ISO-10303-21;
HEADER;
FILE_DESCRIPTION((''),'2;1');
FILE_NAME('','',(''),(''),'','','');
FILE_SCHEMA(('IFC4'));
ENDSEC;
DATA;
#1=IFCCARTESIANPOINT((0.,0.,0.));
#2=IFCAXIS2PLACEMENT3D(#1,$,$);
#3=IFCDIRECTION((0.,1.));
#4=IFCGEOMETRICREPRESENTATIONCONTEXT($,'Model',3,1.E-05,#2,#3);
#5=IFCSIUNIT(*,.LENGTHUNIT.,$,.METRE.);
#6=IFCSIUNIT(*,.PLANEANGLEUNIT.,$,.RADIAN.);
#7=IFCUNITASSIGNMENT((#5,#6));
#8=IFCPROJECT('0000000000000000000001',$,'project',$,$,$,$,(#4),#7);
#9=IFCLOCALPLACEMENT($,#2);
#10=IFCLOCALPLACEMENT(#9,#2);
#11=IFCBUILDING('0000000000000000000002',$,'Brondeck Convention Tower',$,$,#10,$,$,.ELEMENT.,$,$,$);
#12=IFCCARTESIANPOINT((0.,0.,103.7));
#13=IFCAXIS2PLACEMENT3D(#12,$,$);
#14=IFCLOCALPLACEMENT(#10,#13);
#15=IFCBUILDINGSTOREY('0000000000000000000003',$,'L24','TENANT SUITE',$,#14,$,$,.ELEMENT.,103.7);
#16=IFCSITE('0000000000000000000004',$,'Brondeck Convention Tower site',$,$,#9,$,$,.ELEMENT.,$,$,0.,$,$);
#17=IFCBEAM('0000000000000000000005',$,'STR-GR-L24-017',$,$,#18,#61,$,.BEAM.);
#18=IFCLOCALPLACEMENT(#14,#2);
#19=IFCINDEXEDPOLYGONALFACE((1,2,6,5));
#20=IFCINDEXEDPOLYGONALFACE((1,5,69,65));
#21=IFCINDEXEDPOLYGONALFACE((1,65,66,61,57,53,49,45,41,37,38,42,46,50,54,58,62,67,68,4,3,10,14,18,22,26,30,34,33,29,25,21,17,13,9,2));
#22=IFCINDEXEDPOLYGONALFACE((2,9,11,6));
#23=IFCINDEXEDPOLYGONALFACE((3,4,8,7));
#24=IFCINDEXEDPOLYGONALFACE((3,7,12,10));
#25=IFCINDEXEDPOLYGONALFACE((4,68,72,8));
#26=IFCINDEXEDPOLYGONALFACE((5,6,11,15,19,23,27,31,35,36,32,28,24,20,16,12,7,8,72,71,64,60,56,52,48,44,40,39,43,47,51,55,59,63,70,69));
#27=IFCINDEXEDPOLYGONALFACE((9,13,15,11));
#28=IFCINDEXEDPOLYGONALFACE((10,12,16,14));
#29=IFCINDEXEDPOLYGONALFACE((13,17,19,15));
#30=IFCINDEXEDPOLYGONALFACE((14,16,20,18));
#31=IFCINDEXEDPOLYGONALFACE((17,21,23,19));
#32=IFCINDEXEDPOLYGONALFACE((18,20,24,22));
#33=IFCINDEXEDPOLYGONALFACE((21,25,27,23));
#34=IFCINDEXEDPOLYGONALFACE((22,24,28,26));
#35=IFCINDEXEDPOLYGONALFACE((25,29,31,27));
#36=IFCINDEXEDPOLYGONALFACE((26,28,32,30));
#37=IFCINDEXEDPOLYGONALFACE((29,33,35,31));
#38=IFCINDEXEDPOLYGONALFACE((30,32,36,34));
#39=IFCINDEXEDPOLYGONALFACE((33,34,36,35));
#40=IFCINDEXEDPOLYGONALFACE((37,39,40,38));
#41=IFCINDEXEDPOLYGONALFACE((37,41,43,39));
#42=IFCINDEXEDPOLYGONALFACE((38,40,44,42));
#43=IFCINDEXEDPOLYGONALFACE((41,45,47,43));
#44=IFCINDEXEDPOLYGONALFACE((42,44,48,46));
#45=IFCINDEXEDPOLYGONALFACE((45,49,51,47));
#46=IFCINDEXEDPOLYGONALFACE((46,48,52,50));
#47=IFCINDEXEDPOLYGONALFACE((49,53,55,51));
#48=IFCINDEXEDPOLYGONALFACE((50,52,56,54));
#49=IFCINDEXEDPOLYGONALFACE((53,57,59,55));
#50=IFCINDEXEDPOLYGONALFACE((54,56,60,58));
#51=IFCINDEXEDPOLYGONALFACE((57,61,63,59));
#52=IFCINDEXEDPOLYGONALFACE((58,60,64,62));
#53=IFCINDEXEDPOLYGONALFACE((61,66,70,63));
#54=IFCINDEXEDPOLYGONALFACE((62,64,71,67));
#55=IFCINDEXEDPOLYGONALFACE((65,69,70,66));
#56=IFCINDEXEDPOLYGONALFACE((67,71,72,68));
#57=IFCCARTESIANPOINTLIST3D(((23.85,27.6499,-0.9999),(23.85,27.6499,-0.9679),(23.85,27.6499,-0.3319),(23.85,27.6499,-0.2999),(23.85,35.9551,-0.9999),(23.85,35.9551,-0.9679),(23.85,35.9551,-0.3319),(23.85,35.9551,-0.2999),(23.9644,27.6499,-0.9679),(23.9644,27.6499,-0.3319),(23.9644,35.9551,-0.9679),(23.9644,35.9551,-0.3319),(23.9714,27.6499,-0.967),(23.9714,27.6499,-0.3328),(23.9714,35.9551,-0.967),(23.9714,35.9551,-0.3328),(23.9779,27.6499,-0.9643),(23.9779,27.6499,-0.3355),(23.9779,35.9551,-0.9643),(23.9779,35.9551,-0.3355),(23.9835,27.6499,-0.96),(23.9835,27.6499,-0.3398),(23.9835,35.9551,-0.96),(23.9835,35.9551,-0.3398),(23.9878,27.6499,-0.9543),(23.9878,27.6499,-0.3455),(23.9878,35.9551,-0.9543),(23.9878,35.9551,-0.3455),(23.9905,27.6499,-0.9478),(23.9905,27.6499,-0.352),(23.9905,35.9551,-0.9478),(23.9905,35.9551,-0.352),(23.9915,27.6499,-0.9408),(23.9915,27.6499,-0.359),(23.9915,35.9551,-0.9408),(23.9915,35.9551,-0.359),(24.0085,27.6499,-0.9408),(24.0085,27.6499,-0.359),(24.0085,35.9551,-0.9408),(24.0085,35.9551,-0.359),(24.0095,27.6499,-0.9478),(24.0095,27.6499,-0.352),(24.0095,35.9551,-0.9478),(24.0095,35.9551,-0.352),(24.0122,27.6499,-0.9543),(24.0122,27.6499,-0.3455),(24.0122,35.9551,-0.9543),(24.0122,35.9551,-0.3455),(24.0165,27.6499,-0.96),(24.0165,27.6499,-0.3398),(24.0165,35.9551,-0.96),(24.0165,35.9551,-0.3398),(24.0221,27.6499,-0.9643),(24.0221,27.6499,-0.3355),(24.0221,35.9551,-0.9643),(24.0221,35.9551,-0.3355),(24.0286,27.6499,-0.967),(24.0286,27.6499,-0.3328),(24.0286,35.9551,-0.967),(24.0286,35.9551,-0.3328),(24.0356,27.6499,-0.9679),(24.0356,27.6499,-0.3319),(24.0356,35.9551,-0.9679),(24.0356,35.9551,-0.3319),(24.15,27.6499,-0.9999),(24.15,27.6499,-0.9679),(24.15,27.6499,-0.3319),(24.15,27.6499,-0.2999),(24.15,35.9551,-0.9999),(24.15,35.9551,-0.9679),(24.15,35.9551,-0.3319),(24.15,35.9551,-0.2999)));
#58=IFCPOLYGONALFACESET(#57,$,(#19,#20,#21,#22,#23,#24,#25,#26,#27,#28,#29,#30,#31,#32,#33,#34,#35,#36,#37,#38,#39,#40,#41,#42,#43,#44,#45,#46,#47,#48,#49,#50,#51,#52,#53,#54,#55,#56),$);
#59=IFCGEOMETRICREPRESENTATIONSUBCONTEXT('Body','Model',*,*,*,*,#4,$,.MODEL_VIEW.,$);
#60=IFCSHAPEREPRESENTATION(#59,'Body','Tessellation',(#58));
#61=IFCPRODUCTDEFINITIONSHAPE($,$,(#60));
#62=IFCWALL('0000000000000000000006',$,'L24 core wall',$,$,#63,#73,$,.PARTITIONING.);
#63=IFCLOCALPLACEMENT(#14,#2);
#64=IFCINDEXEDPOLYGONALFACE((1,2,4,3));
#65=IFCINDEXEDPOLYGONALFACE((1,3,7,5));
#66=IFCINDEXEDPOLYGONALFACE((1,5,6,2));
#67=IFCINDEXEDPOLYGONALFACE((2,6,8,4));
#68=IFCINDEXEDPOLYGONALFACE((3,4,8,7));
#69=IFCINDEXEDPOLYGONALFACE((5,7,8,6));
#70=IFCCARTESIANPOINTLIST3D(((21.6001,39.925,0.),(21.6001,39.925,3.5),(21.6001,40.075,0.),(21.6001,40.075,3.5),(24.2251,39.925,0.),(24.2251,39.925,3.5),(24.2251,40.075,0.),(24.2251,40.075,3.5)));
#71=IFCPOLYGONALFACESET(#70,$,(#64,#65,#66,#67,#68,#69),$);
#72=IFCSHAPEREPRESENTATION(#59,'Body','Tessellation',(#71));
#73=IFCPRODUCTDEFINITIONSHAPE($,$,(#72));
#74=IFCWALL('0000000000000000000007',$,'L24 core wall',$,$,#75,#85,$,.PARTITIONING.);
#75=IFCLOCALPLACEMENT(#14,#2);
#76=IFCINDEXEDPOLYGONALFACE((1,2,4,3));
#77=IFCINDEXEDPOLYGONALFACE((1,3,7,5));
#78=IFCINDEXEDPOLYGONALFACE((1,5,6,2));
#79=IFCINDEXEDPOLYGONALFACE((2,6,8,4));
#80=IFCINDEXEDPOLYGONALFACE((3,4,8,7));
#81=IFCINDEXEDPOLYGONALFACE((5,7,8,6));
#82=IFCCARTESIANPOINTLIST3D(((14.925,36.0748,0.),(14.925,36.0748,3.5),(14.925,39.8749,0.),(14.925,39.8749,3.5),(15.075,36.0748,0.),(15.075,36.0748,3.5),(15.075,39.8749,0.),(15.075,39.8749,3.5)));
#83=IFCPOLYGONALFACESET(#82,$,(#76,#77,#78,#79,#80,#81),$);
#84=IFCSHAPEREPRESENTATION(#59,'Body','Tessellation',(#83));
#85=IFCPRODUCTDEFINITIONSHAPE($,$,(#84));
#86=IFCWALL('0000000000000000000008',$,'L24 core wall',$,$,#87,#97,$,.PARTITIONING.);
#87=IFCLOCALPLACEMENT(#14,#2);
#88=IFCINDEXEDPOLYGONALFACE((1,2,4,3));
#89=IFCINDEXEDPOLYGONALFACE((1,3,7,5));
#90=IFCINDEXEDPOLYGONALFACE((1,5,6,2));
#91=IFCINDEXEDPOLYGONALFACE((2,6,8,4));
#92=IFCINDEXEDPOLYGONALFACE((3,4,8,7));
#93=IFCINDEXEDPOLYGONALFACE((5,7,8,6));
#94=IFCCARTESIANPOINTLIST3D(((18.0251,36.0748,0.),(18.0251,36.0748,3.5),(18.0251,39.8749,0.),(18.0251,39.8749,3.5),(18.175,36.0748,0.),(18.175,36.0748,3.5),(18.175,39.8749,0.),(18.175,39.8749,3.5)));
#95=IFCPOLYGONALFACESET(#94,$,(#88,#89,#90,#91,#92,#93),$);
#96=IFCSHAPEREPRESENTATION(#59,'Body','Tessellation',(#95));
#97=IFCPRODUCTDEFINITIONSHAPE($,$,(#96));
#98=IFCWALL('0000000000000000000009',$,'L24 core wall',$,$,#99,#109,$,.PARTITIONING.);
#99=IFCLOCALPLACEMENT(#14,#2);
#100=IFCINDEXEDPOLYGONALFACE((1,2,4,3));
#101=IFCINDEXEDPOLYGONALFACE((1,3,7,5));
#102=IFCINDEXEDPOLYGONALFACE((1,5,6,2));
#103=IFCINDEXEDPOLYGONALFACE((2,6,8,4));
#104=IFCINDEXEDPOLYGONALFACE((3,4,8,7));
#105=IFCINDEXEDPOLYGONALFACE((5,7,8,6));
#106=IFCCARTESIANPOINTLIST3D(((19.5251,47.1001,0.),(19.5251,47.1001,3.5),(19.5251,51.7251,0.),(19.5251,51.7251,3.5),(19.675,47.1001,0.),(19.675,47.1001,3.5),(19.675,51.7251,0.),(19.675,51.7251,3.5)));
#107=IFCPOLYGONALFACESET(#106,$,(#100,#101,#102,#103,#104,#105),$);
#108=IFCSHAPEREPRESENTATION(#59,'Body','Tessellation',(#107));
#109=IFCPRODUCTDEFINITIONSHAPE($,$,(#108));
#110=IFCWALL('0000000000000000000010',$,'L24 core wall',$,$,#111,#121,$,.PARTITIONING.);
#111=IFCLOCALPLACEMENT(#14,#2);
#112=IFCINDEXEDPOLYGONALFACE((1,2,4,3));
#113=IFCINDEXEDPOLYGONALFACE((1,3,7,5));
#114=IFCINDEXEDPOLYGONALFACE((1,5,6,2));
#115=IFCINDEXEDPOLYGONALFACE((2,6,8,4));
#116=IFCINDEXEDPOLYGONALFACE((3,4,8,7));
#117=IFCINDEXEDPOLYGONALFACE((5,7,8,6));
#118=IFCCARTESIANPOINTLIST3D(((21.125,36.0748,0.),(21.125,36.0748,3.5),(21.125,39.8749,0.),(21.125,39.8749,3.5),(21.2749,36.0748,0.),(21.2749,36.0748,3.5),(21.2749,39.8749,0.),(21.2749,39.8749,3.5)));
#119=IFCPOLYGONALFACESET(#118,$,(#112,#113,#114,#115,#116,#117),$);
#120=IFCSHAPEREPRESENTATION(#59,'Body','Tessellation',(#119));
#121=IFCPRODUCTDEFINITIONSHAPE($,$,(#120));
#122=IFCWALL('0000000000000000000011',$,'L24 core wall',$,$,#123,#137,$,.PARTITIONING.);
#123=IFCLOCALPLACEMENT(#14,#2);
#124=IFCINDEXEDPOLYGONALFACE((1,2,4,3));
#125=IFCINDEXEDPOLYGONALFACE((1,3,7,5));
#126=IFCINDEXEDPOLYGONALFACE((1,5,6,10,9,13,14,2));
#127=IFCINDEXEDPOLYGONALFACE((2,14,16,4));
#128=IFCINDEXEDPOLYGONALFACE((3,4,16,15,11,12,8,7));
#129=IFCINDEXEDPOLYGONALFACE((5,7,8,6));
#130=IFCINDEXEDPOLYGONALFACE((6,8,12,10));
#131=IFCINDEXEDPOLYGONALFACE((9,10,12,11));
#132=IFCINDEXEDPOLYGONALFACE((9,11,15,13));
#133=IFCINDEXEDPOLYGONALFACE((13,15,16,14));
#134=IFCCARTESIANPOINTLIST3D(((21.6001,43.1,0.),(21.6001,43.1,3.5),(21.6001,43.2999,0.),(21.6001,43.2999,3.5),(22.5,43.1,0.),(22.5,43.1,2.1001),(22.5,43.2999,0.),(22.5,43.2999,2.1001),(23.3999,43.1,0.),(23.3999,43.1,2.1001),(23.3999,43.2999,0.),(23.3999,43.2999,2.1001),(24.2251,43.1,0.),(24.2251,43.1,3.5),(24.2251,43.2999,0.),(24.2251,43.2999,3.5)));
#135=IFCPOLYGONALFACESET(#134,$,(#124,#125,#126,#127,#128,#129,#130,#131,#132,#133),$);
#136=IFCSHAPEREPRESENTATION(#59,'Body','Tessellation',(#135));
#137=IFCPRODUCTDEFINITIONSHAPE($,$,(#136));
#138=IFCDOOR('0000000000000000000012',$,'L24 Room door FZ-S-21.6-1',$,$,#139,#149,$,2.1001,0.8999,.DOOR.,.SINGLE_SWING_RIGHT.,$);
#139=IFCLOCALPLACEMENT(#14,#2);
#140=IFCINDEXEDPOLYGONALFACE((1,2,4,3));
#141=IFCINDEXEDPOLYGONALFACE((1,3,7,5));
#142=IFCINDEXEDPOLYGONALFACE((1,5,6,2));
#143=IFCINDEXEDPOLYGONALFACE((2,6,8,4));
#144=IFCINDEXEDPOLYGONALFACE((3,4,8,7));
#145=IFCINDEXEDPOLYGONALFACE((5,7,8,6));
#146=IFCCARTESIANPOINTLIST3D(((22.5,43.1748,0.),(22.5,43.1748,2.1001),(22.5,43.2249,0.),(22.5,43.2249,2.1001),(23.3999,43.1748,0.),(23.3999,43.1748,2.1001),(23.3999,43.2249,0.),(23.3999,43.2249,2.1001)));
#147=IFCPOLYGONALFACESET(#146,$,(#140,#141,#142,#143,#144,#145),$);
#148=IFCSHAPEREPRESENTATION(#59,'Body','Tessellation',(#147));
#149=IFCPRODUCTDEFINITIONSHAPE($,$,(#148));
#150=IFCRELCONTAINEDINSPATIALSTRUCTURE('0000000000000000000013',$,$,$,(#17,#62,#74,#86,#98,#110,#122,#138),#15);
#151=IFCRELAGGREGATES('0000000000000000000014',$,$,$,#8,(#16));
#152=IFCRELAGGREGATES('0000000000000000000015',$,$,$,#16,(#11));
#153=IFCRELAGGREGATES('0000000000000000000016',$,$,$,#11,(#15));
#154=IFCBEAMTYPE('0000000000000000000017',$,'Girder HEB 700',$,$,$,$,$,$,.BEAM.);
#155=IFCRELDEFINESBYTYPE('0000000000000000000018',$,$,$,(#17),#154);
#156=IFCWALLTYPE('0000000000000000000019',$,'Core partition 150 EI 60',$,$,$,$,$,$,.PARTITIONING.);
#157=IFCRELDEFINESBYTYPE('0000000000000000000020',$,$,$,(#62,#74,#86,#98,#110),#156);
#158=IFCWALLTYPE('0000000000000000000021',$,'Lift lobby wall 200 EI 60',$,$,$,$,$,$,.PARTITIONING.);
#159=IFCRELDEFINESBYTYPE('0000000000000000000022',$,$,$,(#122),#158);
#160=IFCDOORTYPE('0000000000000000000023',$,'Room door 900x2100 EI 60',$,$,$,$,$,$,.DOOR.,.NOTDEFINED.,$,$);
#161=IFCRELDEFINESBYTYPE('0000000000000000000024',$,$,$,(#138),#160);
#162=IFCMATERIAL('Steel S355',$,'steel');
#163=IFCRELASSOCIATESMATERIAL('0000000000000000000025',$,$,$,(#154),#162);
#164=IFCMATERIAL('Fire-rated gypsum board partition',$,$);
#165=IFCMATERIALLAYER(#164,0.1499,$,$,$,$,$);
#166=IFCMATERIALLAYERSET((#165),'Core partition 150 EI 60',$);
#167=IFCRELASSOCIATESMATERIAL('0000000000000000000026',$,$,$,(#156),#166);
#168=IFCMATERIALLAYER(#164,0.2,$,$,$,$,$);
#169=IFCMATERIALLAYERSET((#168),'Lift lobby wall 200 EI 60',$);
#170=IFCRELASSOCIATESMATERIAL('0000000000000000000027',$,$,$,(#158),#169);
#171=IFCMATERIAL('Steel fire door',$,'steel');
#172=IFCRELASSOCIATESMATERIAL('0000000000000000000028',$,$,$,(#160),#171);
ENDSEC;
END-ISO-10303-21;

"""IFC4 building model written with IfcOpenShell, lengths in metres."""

from ifc_helpers import new_model, si_unit, direction, frame, frame_2d, origin, origin_2d, place, context, subcontext, project, spatial, rectangle, i_section, extrude, material, layer, layer_set, material_profile, profile_set, type_object, element, fill, save


model = new_model("IFC4")

# Units and contexts
model_context = context("Model", 3, precision=1e-05, world=origin(), true_north=direction((0.0, 1.0)))
body_context = subcontext(model_context, "Body", "Model", "MODEL_VIEW")
ifc_project = project(units=[si_unit("LENGTHUNIT", "METRE"), si_unit("PLANEANGLEUNIT", "RADIAN")], contexts=[model_context])

# Site, building, storey
site_placement = place(None, origin())
site = spatial("IfcSite", under=ifc_project, at=site_placement, Name="Brondeck Convention Tower site", CompositionType="ELEMENT", RefElevation=0.0)
building_placement = place(site_placement, origin())
building = spatial("IfcBuilding", under=site, at=building_placement, Name="Brondeck Convention Tower", CompositionType="ELEMENT")
storey_placement = place(building_placement, frame((0.0, 0.0, 103.7)))
storey = spatial("IfcBuildingStorey", under=building, at=storey_placement, Name="L24", Description="TENANT SUITE", CompositionType="ELEMENT", Elevation=103.7)

# Beam
ifc_material_1 = material(Name="Steel S355", Category="steel")
ifc_material_profile = material_profile(ifc_material_1, i_section(OverallWidth=0.3, OverallDepth=0.7, WebThickness=0.0171, FlangeThickness=0.032, FilletRadius=0.0271, at=origin_2d()), Name="HEB 700")
ifc_profile_set = profile_set([ifc_material_profile], Name="Steel S355")
beam_type = type_object("IfcBeamType", Name="Girder HEB 700", PredefinedType="BEAM", material=ifc_profile_set)
beam_placement = place(storey_placement, frame((24.0, 35.9551, -0.6499), z_axis=(0.0, -1.0, 0.0), x_axis=(1.0, 0.0, 0.0)))
element("IfcBeam", 1, at=beam_placement, inside=storey, type_object=beam_type, Name="STR-GR-L24-017", PredefinedType="BEAM", context=body_context, shape_type="SweptSolid", body=[
    extrude(i_section(OverallWidth=0.3, OverallDepth=0.7, WebThickness=0.0171, FlangeThickness=0.032, FilletRadius=0.0271, at=origin_2d()), origin(), (0.0, 0.0, 1.0), 8.3052),
])

# Walls
ifc_material_2 = material(Name="Fire-rated gypsum board partition")
ifc_layer_1 = layer(ifc_material_2, 0.1499)
ifc_layer_set_1 = layer_set([ifc_layer_1], Name="Core partition 150 EI 60")
wall_type_1 = type_object("IfcWallType", Name="Core partition 150 EI 60", PredefinedType="PARTITIONING", material=ifc_layer_set_1)
wall_1_placement = place(storey_placement, frame((21.6001, 40.0, 0.0), z_axis=(0.0, 0.0, 1.0), x_axis=(1.0, 0.0, 0.0)))
element("IfcWall", 2, at=wall_1_placement, inside=storey, type_object=wall_type_1, Name="L24 core wall", PredefinedType="PARTITIONING", context=body_context, shape_type="SweptSolid", body=[
    extrude(rectangle(XDim=2.625, YDim=0.1499, at=frame_2d((1.3125, 0.0))), origin(), (0.0, 0.0, 1.0), 3.5),
])
for number, where, z_axis, x_axis, name in (
    (3, (15.0, 36.075, 0.0), (0.0, 0.0, 1.0), (0.0, 1.0, 0.0), "L24 core wall"),
    (4, (18.1001, 36.075, 0.0), (0.0, 0.0, 1.0), (0.0, 1.0, 0.0), "L24 core wall"),
):
    element("IfcWall", number, at=place(storey_placement, frame(where, z_axis=z_axis, x_axis=x_axis)), inside=storey, type_object=wall_type_1, Name=name, PredefinedType="PARTITIONING", context=body_context, shape_type="SweptSolid", body=[
        extrude(rectangle(XDim=3.8, YDim=0.1499, at=frame_2d((1.8999, 0.0))), origin(), (0.0, 0.0, 1.0), 3.5),
    ])
wall_2_placement = place(storey_placement, frame((19.6001, 47.1001, 0.0), z_axis=(0.0, 0.0, 1.0), x_axis=(0.0, 1.0, 0.0)))
element("IfcWall", 5, at=wall_2_placement, inside=storey, type_object=wall_type_1, Name="L24 core wall", PredefinedType="PARTITIONING", context=body_context, shape_type="SweptSolid", body=[
    extrude(rectangle(XDim=4.625, YDim=0.1499, at=frame_2d((2.3125, 0.0))), origin(), (0.0, 0.0, 1.0), 3.5),
])
wall_3_placement = place(storey_placement, frame((21.2, 36.075, 0.0), z_axis=(0.0, 0.0, 1.0), x_axis=(0.0, 1.0, 0.0)))
element("IfcWall", 6, at=wall_3_placement, inside=storey, type_object=wall_type_1, Name="L24 core wall", PredefinedType="PARTITIONING", context=body_context, shape_type="SweptSolid", body=[
    extrude(rectangle(XDim=3.8, YDim=0.1499, at=frame_2d((1.8999, 0.0))), origin(), (0.0, 0.0, 1.0), 3.5),
])

# Wall, opening, door
ifc_layer_2 = layer(ifc_material_2, 0.2)
ifc_layer_set_2 = layer_set([ifc_layer_2], Name="Lift lobby wall 200 EI 60")
wall_type_2 = type_object("IfcWallType", Name="Lift lobby wall 200 EI 60", PredefinedType="PARTITIONING", material=ifc_layer_set_2)
wall_4_placement = place(storey_placement, frame((21.6001, 43.2, 0.0), z_axis=(0.0, 0.0, 1.0), x_axis=(1.0, 0.0, 0.0)))
wall_4 = element("IfcWall", 7, at=wall_4_placement, inside=storey, type_object=wall_type_2, Name="L24 core wall", PredefinedType="PARTITIONING", context=body_context, shape_type="SweptSolid", body=[
    extrude(rectangle(XDim=2.625, YDim=0.2, at=frame_2d((1.3125, 0.0))), origin(), (0.0, 0.0, 1.0), 3.5),
])
opening_1_placement = place(wall_4_placement, frame((0.8999, 0.0, 0.0)))
opening_1 = element("IfcOpeningElement", 8, at=opening_1_placement, cuts=wall_4, PredefinedType="OPENING", context=body_context, shape_type="SweptSolid", body=[
    extrude(rectangle(XDim=0.8999, YDim=2.1001, at=frame_2d((0.45, 1.05))), frame((0.0, 0.1099, 0.0), z_axis=(0.0, -1.0, 0.0), x_axis=(1.0, 0.0, 0.0)), (0.0, 0.0, 1.0), 0.22),
])
ifc_material_3 = material(Name="Steel fire door", Category="steel")
door_type_1 = type_object("IfcDoorType", Name="Room door 900x2100 EI 60", OperationType="NOTDEFINED", PredefinedType="DOOR", material=ifc_material_3)
door_1_placement = place(opening_1_placement, origin())
door_1 = element("IfcDoor", 9, at=door_1_placement, inside=storey, type_object=door_type_1, Name="L24 Room door FZ-S-21.6-1", OperationType="SINGLE_SWING_RIGHT", OverallHeight=2.1001, OverallWidth=0.8999, PredefinedType="DOOR", context=body_context, shape_type="SweptSolid", body=[
    extrude(rectangle(XDim=0.8999, YDim=2.1001, at=frame_2d((0.45, 1.05))), frame((0.0, 0.0249, 0.0), z_axis=(0.0, -1.0, 0.0), x_axis=(1.0, 0.0, 0.0)), (0.0, 0.0, 1.0), 0.05),
])
fill(opening_1, door_1)

save(model, "model.ifc")
